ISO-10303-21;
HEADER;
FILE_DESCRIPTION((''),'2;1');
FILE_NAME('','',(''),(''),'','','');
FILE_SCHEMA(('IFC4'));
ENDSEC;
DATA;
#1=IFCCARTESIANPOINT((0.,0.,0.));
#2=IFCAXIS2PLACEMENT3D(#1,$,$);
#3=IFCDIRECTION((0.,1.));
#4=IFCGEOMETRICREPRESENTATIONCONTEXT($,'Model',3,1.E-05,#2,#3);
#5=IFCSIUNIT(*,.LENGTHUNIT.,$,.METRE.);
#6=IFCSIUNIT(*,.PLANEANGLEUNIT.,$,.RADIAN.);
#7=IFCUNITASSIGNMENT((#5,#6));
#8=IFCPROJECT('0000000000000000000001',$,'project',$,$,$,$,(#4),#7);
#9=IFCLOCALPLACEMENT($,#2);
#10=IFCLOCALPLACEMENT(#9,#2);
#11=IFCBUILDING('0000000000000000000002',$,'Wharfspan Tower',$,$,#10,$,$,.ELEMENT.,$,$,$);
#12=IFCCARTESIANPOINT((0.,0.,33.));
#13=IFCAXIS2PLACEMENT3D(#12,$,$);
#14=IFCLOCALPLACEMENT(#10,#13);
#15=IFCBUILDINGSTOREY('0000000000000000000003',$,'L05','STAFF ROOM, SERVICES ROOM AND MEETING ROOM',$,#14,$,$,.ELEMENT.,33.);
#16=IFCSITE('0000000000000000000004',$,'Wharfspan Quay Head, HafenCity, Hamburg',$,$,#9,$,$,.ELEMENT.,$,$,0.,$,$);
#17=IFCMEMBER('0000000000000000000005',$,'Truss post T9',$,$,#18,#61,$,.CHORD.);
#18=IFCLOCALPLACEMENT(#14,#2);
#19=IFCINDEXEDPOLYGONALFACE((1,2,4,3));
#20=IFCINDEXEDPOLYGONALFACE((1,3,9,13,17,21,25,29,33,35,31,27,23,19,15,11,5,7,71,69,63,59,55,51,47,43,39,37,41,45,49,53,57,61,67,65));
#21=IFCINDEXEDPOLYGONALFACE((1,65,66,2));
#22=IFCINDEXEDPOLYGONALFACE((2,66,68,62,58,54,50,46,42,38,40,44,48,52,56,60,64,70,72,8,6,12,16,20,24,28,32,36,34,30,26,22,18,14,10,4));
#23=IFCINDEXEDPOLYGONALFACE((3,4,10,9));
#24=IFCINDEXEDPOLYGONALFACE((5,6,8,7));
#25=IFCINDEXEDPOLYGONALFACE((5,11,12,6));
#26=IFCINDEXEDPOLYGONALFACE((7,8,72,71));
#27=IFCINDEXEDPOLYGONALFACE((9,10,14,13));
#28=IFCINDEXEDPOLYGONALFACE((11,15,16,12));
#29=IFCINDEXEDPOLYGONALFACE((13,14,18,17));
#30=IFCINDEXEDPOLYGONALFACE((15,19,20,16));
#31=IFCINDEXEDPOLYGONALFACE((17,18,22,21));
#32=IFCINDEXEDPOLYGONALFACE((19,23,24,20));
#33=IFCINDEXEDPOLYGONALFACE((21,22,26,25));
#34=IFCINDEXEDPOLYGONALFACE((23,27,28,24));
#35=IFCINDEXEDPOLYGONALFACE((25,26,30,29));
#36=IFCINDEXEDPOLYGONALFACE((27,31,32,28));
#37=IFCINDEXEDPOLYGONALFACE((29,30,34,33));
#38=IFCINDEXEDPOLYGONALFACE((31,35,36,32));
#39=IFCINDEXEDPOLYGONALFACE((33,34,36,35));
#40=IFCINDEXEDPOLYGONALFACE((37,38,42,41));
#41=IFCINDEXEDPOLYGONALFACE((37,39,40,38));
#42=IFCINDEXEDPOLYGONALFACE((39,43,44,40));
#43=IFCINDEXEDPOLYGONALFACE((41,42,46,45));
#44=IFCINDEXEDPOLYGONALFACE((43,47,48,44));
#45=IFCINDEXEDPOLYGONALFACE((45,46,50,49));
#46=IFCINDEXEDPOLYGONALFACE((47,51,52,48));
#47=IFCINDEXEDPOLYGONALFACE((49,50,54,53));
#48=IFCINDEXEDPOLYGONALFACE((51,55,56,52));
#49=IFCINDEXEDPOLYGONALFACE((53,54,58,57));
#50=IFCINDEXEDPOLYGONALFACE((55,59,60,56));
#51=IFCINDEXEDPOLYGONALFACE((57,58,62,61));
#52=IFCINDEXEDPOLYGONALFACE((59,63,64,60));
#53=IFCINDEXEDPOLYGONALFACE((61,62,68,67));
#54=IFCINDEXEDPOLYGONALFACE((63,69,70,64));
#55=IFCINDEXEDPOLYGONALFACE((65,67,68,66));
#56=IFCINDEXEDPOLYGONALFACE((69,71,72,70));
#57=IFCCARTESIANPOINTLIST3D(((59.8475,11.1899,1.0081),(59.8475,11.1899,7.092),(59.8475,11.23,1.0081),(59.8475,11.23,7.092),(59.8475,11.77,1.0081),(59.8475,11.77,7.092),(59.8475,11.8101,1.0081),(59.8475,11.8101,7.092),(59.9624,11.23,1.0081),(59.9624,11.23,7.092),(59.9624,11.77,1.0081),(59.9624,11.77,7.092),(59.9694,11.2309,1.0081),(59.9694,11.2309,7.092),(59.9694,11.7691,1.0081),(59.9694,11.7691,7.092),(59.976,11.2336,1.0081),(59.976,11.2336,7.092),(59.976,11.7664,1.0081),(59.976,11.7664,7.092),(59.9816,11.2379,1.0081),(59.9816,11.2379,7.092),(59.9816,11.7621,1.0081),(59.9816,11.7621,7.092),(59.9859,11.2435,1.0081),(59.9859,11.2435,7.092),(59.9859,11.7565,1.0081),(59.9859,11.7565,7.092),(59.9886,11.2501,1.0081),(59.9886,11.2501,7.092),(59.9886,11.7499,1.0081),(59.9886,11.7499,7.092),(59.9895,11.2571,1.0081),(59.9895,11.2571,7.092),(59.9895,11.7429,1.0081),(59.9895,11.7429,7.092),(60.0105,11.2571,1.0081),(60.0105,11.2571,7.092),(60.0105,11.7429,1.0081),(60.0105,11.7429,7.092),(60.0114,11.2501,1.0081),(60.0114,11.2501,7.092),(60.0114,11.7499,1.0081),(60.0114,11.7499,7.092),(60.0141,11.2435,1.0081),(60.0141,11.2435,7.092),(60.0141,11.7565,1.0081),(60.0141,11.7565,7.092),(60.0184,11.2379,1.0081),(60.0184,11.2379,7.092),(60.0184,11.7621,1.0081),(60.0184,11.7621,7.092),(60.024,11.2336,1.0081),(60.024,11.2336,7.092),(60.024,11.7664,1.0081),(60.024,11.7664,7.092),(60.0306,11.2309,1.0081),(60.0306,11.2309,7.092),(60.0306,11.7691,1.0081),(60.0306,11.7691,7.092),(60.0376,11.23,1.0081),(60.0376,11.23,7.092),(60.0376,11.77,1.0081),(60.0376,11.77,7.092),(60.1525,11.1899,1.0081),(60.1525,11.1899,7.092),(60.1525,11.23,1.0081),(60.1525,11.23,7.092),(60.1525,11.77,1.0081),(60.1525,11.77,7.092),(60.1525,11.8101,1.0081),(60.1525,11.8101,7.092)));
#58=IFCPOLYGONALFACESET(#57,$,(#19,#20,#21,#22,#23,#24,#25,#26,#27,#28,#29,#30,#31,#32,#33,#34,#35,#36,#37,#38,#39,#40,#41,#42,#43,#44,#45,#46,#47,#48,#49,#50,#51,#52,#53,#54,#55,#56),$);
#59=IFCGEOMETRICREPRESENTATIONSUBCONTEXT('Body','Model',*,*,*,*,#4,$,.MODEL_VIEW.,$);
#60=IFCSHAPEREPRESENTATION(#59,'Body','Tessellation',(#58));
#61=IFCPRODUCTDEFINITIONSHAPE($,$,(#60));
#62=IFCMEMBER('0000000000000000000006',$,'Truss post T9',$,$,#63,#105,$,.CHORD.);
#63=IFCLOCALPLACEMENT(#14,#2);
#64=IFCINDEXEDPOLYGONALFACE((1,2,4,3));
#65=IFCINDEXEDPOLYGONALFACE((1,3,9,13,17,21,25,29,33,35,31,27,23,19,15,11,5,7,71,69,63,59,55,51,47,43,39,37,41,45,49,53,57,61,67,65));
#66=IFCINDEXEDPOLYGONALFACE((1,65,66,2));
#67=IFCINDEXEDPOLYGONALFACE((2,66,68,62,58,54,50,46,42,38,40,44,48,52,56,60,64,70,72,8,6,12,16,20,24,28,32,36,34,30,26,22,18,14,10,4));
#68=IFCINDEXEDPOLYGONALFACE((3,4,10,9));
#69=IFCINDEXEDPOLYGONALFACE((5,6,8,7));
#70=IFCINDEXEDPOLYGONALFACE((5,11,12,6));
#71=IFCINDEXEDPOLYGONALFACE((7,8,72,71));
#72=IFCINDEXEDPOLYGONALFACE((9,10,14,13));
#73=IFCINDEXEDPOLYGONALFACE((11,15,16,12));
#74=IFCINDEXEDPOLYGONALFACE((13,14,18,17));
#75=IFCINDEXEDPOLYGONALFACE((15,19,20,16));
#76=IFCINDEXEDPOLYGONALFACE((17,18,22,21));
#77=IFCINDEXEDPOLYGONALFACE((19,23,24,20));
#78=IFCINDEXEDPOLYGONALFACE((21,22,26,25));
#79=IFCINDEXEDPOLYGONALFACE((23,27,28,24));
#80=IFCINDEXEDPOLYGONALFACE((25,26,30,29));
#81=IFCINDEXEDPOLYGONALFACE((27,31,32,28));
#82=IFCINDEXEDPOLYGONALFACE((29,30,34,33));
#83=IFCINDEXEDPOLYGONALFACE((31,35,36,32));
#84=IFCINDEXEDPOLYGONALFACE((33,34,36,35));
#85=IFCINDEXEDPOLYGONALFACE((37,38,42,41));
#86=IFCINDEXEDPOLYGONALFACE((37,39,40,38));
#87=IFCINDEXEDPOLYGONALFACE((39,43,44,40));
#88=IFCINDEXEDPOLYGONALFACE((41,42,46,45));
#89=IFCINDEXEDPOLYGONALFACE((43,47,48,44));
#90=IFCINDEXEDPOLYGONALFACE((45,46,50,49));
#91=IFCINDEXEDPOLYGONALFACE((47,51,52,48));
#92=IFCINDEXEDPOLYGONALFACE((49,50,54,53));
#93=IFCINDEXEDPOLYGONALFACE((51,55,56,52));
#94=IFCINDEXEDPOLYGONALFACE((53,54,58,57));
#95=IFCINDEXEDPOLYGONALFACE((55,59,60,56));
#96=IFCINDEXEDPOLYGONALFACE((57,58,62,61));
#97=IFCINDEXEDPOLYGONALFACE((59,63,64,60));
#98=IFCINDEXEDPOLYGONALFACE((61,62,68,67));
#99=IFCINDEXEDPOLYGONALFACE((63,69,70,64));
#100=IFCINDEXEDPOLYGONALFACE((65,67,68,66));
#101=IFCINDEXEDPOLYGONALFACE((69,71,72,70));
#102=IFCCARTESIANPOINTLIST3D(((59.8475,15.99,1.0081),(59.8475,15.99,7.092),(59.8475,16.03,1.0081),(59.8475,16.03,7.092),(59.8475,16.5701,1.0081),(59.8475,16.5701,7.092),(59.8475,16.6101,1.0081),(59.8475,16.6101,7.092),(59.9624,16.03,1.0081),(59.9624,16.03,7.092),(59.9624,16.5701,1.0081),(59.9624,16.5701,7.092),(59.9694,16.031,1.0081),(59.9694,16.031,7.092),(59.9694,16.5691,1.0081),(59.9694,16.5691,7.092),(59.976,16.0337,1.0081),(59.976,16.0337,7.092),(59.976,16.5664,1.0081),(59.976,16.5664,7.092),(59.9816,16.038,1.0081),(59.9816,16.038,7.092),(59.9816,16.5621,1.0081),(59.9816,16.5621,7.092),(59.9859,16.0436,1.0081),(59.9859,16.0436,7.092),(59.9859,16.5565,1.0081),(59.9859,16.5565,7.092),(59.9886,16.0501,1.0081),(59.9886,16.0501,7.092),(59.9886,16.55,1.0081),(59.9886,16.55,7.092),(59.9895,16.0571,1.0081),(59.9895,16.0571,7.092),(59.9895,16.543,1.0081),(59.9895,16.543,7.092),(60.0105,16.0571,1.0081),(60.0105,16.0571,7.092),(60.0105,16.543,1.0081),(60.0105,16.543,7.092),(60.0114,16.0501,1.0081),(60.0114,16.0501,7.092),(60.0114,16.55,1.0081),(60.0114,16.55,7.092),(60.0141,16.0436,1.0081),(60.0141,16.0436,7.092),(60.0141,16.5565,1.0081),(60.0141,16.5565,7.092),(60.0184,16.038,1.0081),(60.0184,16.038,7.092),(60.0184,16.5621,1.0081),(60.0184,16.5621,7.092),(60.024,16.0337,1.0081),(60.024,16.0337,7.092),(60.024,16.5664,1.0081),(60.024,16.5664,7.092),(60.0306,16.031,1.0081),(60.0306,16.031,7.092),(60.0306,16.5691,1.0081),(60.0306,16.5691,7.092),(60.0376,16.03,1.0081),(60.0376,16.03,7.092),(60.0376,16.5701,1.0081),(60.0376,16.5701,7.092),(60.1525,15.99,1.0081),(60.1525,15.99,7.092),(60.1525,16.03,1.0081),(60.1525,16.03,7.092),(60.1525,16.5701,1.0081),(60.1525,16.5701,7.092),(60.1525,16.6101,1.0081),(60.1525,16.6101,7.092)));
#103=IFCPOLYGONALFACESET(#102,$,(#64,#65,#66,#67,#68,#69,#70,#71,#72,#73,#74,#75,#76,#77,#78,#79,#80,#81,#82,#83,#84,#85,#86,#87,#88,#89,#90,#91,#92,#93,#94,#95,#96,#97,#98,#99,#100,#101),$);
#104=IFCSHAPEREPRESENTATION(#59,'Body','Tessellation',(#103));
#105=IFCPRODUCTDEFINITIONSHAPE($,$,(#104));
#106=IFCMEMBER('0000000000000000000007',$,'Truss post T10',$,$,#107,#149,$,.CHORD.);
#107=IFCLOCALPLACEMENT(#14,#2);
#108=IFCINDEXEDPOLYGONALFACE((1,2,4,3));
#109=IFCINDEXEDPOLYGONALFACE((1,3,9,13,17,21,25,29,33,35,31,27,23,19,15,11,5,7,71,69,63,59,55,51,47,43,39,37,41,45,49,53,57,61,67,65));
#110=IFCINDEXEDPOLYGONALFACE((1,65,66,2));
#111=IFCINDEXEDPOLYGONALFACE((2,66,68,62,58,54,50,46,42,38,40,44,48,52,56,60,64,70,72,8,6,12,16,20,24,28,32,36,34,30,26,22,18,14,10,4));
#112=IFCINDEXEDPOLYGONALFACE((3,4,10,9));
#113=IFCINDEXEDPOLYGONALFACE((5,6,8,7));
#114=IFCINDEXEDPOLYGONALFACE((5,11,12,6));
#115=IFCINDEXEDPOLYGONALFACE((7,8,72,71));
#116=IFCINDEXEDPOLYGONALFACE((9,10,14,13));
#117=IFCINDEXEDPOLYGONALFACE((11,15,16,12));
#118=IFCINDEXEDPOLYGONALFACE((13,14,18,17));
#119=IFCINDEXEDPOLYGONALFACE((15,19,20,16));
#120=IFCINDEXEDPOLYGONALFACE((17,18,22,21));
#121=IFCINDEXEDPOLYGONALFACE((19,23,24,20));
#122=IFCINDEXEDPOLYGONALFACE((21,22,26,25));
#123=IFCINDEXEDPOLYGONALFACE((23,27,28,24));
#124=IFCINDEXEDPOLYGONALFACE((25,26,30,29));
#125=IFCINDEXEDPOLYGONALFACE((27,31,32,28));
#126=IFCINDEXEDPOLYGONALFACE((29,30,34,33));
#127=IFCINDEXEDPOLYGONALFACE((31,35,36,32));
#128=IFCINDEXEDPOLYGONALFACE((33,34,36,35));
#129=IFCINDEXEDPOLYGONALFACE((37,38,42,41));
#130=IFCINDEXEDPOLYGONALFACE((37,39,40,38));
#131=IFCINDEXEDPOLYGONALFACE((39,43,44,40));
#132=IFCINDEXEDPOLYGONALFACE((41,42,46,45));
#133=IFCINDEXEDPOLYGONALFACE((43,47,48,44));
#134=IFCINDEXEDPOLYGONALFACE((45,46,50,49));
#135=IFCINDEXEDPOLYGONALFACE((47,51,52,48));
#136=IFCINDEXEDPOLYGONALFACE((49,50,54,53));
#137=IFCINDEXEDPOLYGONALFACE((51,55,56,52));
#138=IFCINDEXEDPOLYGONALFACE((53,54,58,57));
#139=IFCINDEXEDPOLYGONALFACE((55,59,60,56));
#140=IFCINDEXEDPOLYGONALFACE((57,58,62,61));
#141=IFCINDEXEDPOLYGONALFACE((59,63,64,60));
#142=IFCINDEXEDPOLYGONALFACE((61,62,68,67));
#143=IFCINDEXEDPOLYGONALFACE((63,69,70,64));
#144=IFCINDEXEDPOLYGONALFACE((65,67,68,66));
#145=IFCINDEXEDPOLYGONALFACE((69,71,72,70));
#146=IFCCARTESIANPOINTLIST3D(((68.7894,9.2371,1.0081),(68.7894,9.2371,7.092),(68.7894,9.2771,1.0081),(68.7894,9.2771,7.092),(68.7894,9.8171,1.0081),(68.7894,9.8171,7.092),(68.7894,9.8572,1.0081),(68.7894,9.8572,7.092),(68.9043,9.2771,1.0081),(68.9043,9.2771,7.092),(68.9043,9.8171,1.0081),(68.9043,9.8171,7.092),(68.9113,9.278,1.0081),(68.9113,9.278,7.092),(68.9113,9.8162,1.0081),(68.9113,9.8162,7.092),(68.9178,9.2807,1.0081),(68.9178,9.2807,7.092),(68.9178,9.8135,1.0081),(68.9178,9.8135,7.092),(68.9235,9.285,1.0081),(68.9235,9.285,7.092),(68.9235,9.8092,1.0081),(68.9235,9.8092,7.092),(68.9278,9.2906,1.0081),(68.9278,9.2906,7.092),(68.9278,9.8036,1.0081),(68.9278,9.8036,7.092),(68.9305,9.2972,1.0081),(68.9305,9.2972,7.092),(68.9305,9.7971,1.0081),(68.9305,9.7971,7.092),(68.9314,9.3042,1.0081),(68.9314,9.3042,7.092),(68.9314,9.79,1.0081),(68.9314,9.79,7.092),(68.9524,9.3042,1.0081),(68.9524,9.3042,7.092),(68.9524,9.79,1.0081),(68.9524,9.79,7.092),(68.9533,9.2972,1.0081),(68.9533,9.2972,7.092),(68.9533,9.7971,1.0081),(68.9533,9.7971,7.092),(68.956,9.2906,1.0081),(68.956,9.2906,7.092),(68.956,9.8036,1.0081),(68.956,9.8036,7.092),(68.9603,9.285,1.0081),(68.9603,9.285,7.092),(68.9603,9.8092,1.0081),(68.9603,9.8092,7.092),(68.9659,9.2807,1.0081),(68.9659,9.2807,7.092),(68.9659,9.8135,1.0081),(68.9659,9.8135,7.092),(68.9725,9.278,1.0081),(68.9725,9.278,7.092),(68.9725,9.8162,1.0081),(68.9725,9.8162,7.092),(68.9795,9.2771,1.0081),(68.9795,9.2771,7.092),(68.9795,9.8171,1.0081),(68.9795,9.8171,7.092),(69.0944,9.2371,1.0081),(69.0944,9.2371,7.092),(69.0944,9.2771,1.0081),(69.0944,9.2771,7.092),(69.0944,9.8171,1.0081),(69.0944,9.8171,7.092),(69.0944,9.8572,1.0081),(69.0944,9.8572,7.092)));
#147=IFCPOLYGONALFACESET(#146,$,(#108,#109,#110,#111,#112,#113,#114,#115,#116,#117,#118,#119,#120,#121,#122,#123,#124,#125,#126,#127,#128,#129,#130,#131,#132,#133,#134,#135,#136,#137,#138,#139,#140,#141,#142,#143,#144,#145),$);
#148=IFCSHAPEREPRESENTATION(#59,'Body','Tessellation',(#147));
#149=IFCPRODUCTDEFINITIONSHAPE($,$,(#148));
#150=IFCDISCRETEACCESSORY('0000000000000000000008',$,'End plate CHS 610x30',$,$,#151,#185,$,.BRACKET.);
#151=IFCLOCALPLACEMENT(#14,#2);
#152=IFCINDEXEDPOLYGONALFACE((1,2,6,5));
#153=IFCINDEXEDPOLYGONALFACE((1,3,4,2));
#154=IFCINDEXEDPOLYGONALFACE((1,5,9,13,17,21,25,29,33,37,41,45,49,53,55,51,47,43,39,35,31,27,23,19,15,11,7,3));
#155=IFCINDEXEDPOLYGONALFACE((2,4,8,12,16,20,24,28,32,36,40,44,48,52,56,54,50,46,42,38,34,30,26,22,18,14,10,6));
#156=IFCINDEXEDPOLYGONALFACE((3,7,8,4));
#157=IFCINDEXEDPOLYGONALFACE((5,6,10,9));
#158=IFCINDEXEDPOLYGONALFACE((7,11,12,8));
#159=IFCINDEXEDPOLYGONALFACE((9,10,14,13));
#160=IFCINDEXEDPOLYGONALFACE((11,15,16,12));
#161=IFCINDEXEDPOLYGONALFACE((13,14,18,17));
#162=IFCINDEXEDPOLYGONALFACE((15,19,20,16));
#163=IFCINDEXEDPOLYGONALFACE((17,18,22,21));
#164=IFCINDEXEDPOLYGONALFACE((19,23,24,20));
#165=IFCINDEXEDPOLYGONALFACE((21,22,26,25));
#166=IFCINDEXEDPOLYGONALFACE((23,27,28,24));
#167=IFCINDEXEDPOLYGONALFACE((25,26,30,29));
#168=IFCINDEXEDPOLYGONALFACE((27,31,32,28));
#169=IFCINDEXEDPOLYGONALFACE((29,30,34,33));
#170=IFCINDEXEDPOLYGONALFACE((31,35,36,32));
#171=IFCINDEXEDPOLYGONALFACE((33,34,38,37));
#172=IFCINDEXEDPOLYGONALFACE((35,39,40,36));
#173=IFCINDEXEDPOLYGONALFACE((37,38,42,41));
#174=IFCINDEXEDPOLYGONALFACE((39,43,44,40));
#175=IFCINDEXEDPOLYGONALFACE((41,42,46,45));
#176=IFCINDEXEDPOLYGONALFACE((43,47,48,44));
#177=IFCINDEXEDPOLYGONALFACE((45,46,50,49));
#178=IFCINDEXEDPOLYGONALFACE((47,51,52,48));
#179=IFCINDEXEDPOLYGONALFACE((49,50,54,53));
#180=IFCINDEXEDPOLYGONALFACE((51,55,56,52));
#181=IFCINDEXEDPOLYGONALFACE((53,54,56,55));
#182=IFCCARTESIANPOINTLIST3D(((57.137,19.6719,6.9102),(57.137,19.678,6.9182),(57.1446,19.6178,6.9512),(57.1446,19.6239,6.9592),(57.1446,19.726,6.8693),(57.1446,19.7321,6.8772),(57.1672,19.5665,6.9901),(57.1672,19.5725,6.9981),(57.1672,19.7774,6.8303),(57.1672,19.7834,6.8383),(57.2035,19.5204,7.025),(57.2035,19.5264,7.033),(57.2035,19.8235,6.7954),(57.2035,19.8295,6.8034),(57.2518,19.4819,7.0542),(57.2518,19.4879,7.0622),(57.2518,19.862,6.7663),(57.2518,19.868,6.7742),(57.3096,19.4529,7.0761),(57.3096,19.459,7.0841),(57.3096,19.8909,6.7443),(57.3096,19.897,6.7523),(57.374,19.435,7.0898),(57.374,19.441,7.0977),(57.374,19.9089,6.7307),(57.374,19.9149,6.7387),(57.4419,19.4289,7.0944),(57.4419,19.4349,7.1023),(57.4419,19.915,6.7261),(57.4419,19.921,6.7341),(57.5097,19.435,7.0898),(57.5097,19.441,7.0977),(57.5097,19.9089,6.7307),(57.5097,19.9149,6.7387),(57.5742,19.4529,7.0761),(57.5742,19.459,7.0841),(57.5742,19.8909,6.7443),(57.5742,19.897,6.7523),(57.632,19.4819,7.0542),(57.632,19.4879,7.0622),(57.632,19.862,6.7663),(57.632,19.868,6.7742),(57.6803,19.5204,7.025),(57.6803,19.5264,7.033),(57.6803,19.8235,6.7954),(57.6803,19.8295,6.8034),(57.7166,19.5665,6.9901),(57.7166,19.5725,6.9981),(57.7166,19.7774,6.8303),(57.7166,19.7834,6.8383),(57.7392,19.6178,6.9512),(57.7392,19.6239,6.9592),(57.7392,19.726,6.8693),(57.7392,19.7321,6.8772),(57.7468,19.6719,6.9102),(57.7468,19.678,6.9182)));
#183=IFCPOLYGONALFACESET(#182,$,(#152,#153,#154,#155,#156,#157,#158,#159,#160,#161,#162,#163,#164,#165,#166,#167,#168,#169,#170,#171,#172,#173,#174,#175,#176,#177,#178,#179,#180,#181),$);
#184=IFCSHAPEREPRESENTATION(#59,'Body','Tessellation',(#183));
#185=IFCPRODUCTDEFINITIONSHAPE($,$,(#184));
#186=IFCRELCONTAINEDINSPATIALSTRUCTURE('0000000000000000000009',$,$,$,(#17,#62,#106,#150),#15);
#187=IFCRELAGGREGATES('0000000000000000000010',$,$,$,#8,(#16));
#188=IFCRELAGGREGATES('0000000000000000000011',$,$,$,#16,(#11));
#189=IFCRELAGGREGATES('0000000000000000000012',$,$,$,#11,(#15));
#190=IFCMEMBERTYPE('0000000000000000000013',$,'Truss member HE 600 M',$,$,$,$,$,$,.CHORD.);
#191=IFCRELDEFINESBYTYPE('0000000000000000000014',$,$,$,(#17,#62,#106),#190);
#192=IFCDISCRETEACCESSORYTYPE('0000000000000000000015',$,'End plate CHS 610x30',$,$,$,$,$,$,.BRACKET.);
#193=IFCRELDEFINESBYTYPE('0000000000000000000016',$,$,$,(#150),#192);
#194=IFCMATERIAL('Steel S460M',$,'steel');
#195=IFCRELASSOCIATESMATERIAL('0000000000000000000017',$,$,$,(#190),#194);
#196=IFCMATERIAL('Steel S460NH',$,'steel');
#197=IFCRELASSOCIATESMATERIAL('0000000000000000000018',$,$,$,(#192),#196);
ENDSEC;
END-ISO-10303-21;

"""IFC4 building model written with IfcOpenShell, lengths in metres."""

from ifc_helpers import new_model, si_unit, direction, frame, origin, origin_2d, place, context, subcontext, project, spatial, circle, i_section, extrude, material, material_profile, profile_set, type_object, element, save


model = new_model("IFC4")

# Units and contexts
model_context = context("Model", 3, precision=1e-05, world=origin(), true_north=direction((0.0, 1.0)))
body_context = subcontext(model_context, "Body", "Model", "MODEL_VIEW")
ifc_project = project(units=[si_unit("LENGTHUNIT", "METRE"), si_unit("PLANEANGLEUNIT", "RADIAN")], contexts=[model_context])

# Site, building, storey
site_placement = place(None, origin())
site = spatial("IfcSite", under=ifc_project, at=site_placement, Name="Wharfspan Quay Head, HafenCity, Hamburg", CompositionType="ELEMENT", RefElevation=0.0)
building_placement = place(site_placement, origin())
building = spatial("IfcBuilding", under=site, at=building_placement, Name="Wharfspan Tower", CompositionType="ELEMENT")
storey_placement = place(building_placement, frame((0.0, 0.0, 33.0)))
storey = spatial("IfcBuildingStorey", under=building, at=storey_placement, Name="L05", Description="STAFF ROOM, SERVICES ROOM AND MEETING ROOM", CompositionType="ELEMENT", Elevation=33.0)

# Members
ifc_material_1 = material(Name="Steel S460NH", Category="steel")
ifc_material_2 = material(Name="Steel S460M", Category="steel")
ifc_material_profile_1 = material_profile(ifc_material_2, i_section(OverallWidth=0.3049, OverallDepth=0.6201, WebThickness=0.021, FlangeThickness=0.04, FilletRadius=0.0271, at=origin_2d()))
ifc_profile_set_1 = profile_set([ifc_material_profile_1], Name="Steel S460M")
member_type_1 = type_object("IfcMemberType", Name="Truss member HE 600 M", PredefinedType="CHORD", material=ifc_profile_set_1)
for number, where, z_axis, x_axis, name in (
    (1, (60.0, 11.5, 1.0081), (0.0, 0.0, 1.0), (1.0, 0.0, 0.0), "Truss post T9"),
    (2, (60.0, 16.3, 1.0081), (0.0, 0.0, 1.0), (1.0, 0.0, 0.0), "Truss post T9"),
    (3, (68.9419, 9.5471, 1.0081), (0.0, 0.0, 1.0), (1.0, 0.0, 0.0), "Truss post T10"),
):
    element("IfcMember", number, at=place(storey_placement, frame(where, z_axis=z_axis, x_axis=x_axis)), inside=storey, type_object=member_type_1, Name=name, PredefinedType="CHORD", context=body_context, shape_type="SweptSolid", body=[
        extrude(i_section(OverallWidth=0.3049, OverallDepth=0.6201, WebThickness=0.021, FlangeThickness=0.04, FilletRadius=0.0271, at=origin_2d()), origin(), (0.0, 0.0, 1.0), 6.084),
    ])

# Discrete accessory
ifc_material_profile_2 = material_profile(ifc_material_1, circle(Radius=0.3049, at=origin_2d()))
ifc_profile_set_2 = profile_set([ifc_material_profile_2], Name="Steel S460NH")
discrete_accessory_type = type_object("IfcDiscreteAccessoryType", Name="End plate CHS 610x30", PredefinedType="BRACKET", material=ifc_profile_set_2)
for number, where, z_axis, x_axis, name in (
    (4, (57.4419, 19.678, 6.9182), (0.0, -0.603858, -0.797092), (1.0, 0.0, 0.0), "End plate CHS 610x30"),
):
    element("IfcDiscreteAccessory", number, at=place(storey_placement, frame(where, z_axis=z_axis, x_axis=x_axis)), inside=storey, type_object=discrete_accessory_type, Name=name, PredefinedType="BRACKET", context=body_context, shape_type="SweptSolid", body=[
        extrude(circle(Radius=0.3049, at=origin_2d()), origin(), (0.0, 0.0, 1.0), 0.01),
    ])

save(model, "model.ifc")
